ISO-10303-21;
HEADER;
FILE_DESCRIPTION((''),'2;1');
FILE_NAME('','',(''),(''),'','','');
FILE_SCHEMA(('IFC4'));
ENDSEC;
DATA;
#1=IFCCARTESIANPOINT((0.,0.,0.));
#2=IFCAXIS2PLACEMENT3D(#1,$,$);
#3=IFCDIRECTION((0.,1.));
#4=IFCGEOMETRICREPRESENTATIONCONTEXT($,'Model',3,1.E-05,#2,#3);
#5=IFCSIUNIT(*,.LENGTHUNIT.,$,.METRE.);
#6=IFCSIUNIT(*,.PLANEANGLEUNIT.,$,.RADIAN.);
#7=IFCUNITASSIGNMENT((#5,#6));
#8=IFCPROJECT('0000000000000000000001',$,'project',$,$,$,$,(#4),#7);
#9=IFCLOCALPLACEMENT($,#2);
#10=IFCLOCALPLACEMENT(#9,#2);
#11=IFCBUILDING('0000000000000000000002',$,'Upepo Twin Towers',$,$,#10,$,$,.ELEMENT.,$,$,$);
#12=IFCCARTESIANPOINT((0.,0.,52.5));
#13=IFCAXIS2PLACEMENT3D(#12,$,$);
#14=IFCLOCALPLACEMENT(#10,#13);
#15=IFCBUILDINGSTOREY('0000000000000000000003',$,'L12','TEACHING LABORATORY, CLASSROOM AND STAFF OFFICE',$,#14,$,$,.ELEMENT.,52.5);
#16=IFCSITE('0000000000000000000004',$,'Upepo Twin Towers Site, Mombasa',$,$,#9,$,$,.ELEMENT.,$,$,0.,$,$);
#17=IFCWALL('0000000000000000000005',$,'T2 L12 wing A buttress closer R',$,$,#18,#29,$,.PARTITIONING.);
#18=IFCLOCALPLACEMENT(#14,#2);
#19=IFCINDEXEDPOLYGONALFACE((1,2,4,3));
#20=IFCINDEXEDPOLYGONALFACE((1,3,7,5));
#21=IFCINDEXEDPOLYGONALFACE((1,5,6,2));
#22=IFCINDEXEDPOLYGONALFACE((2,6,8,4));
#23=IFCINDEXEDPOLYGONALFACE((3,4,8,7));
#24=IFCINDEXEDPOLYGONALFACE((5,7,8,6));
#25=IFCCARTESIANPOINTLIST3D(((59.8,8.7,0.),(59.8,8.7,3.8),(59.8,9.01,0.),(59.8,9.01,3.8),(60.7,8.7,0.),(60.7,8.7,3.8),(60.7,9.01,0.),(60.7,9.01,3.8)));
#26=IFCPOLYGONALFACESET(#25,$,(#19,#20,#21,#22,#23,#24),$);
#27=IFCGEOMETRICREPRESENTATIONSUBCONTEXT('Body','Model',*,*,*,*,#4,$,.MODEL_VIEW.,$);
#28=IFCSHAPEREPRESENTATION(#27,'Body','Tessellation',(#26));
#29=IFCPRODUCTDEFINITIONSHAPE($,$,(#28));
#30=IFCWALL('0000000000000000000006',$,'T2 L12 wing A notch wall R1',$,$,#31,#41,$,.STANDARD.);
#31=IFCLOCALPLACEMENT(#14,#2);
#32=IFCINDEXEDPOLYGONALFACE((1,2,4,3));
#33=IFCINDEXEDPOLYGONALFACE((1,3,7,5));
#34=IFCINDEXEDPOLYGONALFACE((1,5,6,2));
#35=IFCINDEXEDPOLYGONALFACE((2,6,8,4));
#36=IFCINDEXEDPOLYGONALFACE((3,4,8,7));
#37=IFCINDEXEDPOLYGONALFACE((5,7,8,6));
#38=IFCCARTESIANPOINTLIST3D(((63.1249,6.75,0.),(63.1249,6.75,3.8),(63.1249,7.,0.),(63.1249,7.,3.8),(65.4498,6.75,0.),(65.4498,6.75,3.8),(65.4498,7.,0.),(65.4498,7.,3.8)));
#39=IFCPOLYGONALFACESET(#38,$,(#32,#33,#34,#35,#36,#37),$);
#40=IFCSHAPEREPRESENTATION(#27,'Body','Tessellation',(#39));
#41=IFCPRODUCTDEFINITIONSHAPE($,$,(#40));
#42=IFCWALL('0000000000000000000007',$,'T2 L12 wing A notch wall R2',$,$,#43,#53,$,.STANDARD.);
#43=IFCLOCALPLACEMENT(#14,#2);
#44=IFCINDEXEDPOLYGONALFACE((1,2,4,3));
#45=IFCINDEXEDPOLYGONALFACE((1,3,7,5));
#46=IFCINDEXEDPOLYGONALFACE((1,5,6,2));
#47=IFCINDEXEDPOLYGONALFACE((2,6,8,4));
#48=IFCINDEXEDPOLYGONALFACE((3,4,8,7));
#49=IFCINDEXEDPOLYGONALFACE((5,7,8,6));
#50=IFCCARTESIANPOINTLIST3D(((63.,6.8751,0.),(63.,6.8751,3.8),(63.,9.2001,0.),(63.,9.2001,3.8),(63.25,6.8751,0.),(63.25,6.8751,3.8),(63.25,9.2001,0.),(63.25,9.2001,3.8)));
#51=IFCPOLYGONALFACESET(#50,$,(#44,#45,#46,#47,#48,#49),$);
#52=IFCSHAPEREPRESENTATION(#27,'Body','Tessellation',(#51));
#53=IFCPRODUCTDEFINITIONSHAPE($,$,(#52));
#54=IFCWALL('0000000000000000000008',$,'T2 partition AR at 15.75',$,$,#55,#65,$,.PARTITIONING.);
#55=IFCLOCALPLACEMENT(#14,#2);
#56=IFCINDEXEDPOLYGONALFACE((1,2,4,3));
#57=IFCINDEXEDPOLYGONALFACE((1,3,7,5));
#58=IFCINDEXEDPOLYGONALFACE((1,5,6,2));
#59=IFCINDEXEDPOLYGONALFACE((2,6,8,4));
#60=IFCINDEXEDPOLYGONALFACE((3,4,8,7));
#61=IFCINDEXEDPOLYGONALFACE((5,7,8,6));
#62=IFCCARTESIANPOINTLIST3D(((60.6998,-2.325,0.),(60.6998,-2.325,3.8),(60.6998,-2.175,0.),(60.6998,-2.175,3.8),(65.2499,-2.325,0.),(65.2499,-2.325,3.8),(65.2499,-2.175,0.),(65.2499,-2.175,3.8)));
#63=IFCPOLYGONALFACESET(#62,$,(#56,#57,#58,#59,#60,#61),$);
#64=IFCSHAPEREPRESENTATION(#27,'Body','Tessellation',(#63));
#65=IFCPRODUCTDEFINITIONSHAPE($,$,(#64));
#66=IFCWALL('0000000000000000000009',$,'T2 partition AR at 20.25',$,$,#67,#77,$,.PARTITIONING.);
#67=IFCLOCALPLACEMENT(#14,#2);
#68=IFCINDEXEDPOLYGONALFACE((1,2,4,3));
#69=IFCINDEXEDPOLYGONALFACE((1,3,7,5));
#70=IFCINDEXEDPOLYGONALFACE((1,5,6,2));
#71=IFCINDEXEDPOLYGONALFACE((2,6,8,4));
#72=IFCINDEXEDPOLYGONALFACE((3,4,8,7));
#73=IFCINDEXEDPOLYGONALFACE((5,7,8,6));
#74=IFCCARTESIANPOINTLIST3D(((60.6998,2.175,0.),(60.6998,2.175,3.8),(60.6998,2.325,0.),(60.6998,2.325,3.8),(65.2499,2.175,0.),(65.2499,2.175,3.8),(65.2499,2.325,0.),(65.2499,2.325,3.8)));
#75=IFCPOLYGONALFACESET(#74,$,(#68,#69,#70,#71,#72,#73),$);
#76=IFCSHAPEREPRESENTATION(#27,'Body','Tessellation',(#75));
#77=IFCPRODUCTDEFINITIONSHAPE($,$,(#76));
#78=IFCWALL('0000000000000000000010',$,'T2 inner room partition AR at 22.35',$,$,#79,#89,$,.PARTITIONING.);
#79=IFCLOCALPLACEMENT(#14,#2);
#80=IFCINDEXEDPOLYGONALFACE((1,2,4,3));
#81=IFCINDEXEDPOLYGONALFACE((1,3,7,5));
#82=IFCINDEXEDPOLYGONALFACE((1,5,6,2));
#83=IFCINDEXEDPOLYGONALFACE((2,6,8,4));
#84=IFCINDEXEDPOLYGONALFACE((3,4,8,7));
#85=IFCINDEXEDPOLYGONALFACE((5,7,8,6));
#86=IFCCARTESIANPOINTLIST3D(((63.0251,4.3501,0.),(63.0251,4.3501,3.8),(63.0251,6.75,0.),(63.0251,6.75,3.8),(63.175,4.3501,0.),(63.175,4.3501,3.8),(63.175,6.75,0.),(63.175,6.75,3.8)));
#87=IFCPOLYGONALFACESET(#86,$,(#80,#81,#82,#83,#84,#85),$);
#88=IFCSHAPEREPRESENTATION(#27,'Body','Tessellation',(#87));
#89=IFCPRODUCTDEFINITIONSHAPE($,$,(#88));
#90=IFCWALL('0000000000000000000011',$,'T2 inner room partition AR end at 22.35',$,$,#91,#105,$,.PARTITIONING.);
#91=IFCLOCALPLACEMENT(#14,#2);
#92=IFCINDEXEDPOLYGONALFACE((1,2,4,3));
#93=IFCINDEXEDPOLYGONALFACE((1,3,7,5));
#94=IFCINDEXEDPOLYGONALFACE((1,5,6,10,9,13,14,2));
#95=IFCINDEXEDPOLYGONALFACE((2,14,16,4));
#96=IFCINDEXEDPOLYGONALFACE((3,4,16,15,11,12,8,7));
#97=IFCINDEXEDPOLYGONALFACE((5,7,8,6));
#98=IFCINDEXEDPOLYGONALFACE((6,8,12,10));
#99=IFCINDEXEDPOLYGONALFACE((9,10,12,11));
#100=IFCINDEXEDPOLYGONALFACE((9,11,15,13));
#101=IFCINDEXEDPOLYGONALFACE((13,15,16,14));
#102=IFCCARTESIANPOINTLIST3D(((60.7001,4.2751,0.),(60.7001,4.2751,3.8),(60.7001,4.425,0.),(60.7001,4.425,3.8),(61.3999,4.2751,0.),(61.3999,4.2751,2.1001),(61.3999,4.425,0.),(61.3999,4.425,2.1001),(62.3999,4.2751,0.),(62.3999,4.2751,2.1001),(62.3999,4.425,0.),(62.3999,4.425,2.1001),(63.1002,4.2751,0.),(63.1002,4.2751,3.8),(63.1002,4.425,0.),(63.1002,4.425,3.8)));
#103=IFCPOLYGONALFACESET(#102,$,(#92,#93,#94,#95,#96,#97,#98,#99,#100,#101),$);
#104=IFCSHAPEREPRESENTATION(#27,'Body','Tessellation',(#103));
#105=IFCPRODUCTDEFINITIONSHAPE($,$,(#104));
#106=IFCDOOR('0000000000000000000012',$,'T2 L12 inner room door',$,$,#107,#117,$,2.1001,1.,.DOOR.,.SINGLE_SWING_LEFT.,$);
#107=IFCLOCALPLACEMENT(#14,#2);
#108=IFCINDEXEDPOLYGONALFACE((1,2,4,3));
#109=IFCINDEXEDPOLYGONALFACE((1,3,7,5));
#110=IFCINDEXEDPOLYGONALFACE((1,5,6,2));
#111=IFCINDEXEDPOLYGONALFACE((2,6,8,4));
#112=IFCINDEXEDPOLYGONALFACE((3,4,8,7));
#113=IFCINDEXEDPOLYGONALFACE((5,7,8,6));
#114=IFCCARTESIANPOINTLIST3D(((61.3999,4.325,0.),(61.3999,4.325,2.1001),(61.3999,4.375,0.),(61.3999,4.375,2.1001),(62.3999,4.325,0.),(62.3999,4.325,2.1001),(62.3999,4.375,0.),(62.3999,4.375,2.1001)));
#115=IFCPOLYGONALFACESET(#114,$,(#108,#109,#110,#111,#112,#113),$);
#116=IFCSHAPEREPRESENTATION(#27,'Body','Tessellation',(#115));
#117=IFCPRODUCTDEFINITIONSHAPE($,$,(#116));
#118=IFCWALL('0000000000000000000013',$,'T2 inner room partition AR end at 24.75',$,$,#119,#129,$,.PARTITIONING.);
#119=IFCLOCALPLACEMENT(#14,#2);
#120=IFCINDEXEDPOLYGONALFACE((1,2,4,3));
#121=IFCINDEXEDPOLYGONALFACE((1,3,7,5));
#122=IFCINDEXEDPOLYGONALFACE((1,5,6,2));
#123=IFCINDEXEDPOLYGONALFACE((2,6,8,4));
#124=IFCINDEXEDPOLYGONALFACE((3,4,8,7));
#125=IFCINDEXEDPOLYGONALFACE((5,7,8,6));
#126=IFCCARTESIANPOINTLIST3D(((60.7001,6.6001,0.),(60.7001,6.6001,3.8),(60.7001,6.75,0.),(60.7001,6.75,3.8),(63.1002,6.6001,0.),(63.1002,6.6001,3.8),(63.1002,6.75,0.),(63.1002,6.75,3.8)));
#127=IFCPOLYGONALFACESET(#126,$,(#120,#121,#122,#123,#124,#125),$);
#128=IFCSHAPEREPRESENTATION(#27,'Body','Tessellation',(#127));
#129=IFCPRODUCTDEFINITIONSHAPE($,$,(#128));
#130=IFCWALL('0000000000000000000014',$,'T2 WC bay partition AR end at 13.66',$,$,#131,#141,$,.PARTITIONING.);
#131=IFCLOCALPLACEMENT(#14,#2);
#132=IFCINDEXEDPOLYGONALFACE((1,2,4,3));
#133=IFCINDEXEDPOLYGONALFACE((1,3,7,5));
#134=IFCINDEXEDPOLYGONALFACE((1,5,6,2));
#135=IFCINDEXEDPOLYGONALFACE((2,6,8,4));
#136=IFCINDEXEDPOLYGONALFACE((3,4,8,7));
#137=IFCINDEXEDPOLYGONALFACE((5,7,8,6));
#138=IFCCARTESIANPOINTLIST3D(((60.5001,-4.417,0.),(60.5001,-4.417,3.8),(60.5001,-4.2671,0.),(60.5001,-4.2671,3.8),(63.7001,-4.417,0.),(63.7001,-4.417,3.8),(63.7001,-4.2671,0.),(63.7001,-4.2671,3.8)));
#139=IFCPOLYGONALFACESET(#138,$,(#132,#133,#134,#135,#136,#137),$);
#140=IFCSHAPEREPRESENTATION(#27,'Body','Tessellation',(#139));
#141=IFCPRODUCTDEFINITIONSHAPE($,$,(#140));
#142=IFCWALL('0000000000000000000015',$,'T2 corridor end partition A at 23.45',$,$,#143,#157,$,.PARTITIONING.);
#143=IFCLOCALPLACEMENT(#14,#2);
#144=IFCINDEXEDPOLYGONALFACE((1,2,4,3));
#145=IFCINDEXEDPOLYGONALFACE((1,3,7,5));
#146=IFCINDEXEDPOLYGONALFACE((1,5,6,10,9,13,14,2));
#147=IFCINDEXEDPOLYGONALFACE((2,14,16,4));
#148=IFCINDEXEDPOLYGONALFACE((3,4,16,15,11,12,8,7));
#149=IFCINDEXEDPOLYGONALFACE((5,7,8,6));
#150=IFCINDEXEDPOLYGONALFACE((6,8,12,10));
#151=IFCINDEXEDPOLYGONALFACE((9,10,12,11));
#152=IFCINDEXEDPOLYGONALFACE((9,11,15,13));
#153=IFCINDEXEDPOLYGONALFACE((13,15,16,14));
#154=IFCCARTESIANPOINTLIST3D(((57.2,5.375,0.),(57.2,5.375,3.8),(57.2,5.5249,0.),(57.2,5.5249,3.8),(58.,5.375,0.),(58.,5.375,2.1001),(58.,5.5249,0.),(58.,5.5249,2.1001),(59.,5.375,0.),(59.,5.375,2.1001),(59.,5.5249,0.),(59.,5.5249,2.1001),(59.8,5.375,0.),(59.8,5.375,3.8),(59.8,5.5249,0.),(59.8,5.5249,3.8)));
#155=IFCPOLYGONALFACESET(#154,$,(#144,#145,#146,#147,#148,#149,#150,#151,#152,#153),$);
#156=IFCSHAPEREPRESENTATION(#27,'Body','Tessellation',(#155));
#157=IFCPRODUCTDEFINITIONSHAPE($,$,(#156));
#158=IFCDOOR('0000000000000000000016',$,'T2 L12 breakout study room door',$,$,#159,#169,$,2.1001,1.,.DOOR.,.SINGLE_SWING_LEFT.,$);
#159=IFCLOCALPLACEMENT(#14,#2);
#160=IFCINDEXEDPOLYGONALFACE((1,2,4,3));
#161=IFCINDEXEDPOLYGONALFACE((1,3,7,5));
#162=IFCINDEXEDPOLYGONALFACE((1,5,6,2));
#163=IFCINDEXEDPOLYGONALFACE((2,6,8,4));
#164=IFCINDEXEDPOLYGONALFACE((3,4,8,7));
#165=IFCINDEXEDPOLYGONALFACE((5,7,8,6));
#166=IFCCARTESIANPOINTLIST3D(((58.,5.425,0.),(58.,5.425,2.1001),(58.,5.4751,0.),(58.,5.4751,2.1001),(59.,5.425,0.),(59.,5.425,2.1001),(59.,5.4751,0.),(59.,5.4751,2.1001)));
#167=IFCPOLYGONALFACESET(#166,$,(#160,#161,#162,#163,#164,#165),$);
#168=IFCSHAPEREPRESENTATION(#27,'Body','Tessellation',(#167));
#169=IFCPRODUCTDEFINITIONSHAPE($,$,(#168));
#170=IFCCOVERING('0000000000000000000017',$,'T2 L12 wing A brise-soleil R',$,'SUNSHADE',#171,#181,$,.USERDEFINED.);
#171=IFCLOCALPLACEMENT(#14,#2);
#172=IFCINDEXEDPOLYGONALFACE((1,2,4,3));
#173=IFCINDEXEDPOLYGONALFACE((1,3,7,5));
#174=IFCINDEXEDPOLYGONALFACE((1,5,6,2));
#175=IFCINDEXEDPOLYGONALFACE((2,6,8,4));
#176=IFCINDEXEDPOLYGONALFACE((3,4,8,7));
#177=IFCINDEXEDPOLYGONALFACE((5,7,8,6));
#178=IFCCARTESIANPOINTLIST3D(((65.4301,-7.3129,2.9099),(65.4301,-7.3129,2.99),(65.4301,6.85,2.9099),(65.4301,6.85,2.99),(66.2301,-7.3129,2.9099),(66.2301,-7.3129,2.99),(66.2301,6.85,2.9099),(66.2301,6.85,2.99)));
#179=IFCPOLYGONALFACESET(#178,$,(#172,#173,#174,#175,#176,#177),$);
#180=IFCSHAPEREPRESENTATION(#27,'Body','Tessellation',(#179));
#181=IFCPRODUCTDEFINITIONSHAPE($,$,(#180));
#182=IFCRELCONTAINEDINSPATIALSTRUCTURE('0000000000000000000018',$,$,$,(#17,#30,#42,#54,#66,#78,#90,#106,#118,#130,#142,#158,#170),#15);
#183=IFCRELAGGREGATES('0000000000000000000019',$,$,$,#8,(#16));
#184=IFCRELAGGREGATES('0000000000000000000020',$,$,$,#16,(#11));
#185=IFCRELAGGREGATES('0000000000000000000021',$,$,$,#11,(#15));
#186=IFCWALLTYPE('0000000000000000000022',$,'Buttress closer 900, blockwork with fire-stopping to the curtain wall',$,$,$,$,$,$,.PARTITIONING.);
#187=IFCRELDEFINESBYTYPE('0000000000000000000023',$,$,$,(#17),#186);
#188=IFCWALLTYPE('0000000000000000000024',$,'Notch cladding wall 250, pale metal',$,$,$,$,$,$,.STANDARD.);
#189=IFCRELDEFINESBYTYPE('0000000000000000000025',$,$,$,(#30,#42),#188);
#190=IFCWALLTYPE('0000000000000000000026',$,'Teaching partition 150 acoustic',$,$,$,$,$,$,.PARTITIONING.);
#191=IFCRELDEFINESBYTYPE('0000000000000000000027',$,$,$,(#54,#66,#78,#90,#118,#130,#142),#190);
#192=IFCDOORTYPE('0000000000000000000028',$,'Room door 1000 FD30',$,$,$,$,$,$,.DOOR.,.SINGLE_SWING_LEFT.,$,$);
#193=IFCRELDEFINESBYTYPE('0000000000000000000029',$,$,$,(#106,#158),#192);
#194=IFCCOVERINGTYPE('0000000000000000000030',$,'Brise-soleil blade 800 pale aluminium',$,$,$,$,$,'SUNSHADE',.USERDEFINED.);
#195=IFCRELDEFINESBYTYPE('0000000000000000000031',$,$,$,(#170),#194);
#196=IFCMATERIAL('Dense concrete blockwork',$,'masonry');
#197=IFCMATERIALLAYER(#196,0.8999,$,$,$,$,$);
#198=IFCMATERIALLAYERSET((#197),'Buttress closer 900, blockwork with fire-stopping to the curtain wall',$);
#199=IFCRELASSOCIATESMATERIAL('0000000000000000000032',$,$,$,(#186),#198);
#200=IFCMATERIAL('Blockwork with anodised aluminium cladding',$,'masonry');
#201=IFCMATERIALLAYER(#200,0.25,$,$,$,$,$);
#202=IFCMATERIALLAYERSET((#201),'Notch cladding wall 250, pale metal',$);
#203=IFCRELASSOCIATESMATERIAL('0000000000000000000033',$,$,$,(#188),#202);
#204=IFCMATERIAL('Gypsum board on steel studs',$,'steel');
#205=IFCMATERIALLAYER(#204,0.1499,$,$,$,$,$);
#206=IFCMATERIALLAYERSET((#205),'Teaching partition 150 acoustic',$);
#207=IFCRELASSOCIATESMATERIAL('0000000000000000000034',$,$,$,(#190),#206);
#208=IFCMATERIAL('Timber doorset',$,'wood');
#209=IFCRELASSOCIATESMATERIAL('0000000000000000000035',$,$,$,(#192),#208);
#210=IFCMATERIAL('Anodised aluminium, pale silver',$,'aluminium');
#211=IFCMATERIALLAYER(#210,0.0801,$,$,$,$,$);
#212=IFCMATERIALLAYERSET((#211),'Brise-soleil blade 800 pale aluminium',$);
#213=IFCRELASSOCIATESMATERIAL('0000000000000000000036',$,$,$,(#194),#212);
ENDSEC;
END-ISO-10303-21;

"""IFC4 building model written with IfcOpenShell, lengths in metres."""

from ifc_helpers import new_model, si_unit, direction, frame, frame_2d, origin, origin_2d, place, context, subcontext, project, spatial, rectangle, extrude, material, layer, layer_set, type_object, element, fill, save


model = new_model("IFC4")

# Units and contexts
model_context = context("Model", 3, precision=1e-05, world=origin(), true_north=direction((0.0, 1.0)))
body_context = subcontext(model_context, "Body", "Model", "MODEL_VIEW")
ifc_project = project(units=[si_unit("LENGTHUNIT", "METRE"), si_unit("PLANEANGLEUNIT", "RADIAN")], contexts=[model_context])

# Site, building, storey
site_placement = place(None, origin())
site = spatial("IfcSite", under=ifc_project, at=site_placement, Name="Upepo Twin Towers Site, Mombasa", CompositionType="ELEMENT", RefElevation=0.0)
building_placement = place(site_placement, origin())
building = spatial("IfcBuilding", under=site, at=building_placement, Name="Upepo Twin Towers", CompositionType="ELEMENT")
storey_placement = place(building_placement, frame((0.0, 0.0, 52.5)))
storey = spatial("IfcBuildingStorey", under=building, at=storey_placement, Name="L12", Description="TEACHING LABORATORY, CLASSROOM AND STAFF OFFICE", CompositionType="ELEMENT", Elevation=52.5)

# Walls
ifc_material_1 = material(Name="Dense concrete blockwork", Category="masonry")
ifc_layer_1 = layer(ifc_material_1, 0.8999)
ifc_layer_set_1 = layer_set([ifc_layer_1], Name="Buttress closer 900, blockwork with fire-stopping to the curtain wall")
wall_type_1 = type_object("IfcWallType", Name="Buttress closer 900, blockwork with fire-stopping to the curtain wall", PredefinedType="PARTITIONING", material=ifc_layer_set_1)
wall_1_placement = place(storey_placement, frame((60.25, 8.7, 0.0), z_axis=(0.0, 0.0, 1.0), x_axis=(0.0, 1.0, 0.0)))
element("IfcWall", 1, at=wall_1_placement, inside=storey, type_object=wall_type_1, Name="T2 L12 wing A buttress closer R", PredefinedType="PARTITIONING", context=body_context, shape_type="SweptSolid", body=[
    extrude(rectangle(XDim=0.3101, YDim=0.8999, at=frame_2d((0.155, 0.0))), origin(), (0.0, 0.0, 1.0), 3.8),
])
ifc_material_2 = material(Name="Blockwork with anodised aluminium cladding", Category="masonry")
ifc_layer_2 = layer(ifc_material_2, 0.25)
ifc_layer_set_2 = layer_set([ifc_layer_2], Name="Notch cladding wall 250, pale metal")
wall_type_2 = type_object("IfcWallType", Name="Notch cladding wall 250, pale metal", PredefinedType="STANDARD", material=ifc_layer_set_2)
for number, where, z_axis, x_axis, name in (
    (2, (65.45, 6.875, 0.0), (0.0, 0.0, 1.0), (-1.0, 0.0, 0.0), "T2 L12 wing A notch wall R1"),
    (3, (63.125, 6.875, 0.0), (0.0, 0.0, 1.0), (0.0, 1.0, 0.0), "T2 L12 wing A notch wall R2"),
):
    element("IfcWall", number, at=place(storey_placement, frame(where, z_axis=z_axis, x_axis=x_axis)), inside=storey, type_object=wall_type_2, Name=name, PredefinedType="STANDARD", context=body_context, shape_type="SweptSolid", body=[
        extrude(rectangle(XDim=2.325, YDim=0.25, at=frame_2d((1.1626, 0.0))), origin(), (0.0, 0.0, 1.0), 3.8),
    ])
ifc_material_3 = material(Name="Gypsum board on steel studs", Category="steel")
ifc_layer_3 = layer(ifc_material_3, 0.1499)
ifc_layer_set_3 = layer_set([ifc_layer_3], Name="Teaching partition 150 acoustic")
wall_type_3 = type_object("IfcWallType", Name="Teaching partition 150 acoustic", PredefinedType="PARTITIONING", material=ifc_layer_set_3)
for number, where, z_axis, x_axis, name in (
    (4, (60.7, -2.25, 0.0), (0.0, 0.0, 1.0), (1.0, 0.0, 0.0), "T2 partition AR at 15.75"),
    (5, (60.7, 2.25, 0.0), (0.0, 0.0, 1.0), (1.0, 0.0, 0.0), "T2 partition AR at 20.25"),
):
    element("IfcWall", number, at=place(storey_placement, frame(where, z_axis=z_axis, x_axis=x_axis)), inside=storey, type_object=wall_type_3, Name=name, PredefinedType="PARTITIONING", context=body_context, shape_type="SweptSolid", body=[
        extrude(rectangle(XDim=4.55, YDim=0.1499, at=frame_2d((2.2749, 0.0))), origin(), (0.0, 0.0, 1.0), 3.8),
    ])
wall_2_placement = place(storey_placement, frame((63.1001, 4.3501, 0.0), z_axis=(0.0, 0.0, 1.0), x_axis=(0.0, 1.0, 0.0)))
element("IfcWall", 6, at=wall_2_placement, inside=storey, type_object=wall_type_3, Name="T2 inner room partition AR at 22.35", PredefinedType="PARTITIONING", context=body_context, shape_type="SweptSolid", body=[
    extrude(rectangle(XDim=2.3999, YDim=0.1499, at=frame_2d((1.2, 0.0))), origin(), (0.0, 0.0, 1.0), 3.8),
])

# Wall, opening, door
wall_3_placement = place(storey_placement, frame((60.7, 4.3501, 0.0), z_axis=(0.0, 0.0, 1.0), x_axis=(1.0, 0.0, 0.0)))
wall_3 = element("IfcWall", 7, at=wall_3_placement, inside=storey, type_object=wall_type_3, Name="T2 inner room partition AR end at 22.35", PredefinedType="PARTITIONING", context=body_context, shape_type="SweptSolid", body=[
    extrude(rectangle(XDim=2.4001, YDim=0.1499, at=frame_2d((1.2002, 0.0))), origin(), (0.0, 0.0, 1.0), 3.8),
])
opening_1_placement = place(wall_3_placement, frame((0.7, 0.0, 0.0)))
opening_1 = element("IfcOpeningElement", 8, at=opening_1_placement, cuts=wall_3, PredefinedType="OPENING", context=body_context, shape_type="SweptSolid", body=[
    extrude(rectangle(XDim=1.0, YDim=2.1001, at=frame_2d((0.5, 1.05))), frame((0.0, 0.085, 0.0), z_axis=(0.0, -1.0, 0.0), x_axis=(1.0, 0.0, 0.0)), (0.0, 0.0, 1.0), 0.1699),
])
ifc_material_4 = material(Name="Timber doorset", Category="wood")
door_type = type_object("IfcDoorType", Name="Room door 1000 FD30", OperationType="SINGLE_SWING_LEFT", PredefinedType="DOOR", material=ifc_material_4)
door_1_placement = place(opening_1_placement, origin())
door_1 = element("IfcDoor", 9, at=door_1_placement, inside=storey, type_object=door_type, Name="T2 L12 inner room door", OperationType="SINGLE_SWING_LEFT", OverallHeight=2.1001, OverallWidth=1.0, PredefinedType="DOOR", context=body_context, shape_type="SweptSolid", body=[
    extrude(rectangle(XDim=1.0, YDim=2.1001, at=frame_2d((0.5, 1.05))), frame((0.0, 0.0249, 0.0), z_axis=(0.0, -1.0, 0.0), x_axis=(1.0, 0.0, 0.0)), (0.0, 0.0, 1.0), 0.05),
])
fill(opening_1, door_1)

# Walls
wall_4_placement = place(storey_placement, frame((60.7, 6.675, 0.0), z_axis=(0.0, 0.0, 1.0), x_axis=(1.0, 0.0, 0.0)))
element("IfcWall", 10, at=wall_4_placement, inside=storey, type_object=wall_type_3, Name="T2 inner room partition AR end at 24.75", PredefinedType="PARTITIONING", context=body_context, shape_type="SweptSolid", body=[
    extrude(rectangle(XDim=2.4001, YDim=0.1499, at=frame_2d((1.2002, 0.0))), origin(), (0.0, 0.0, 1.0), 3.8),
])
wall_5_placement = place(storey_placement, frame((60.5, -4.342, 0.0), z_axis=(0.0, 0.0, 1.0), x_axis=(1.0, 0.0, 0.0)))
element("IfcWall", 11, at=wall_5_placement, inside=storey, type_object=wall_type_3, Name="T2 WC bay partition AR end at 13.66", PredefinedType="PARTITIONING", context=body_context, shape_type="SweptSolid", body=[
    extrude(rectangle(XDim=3.2, YDim=0.1499, at=frame_2d((1.6001, 0.0))), origin(), (0.0, 0.0, 1.0), 3.8),
])

# Wall, opening, door
wall_6_placement = place(storey_placement, frame((59.8, 5.45, 0.0), z_axis=(0.0, 0.0, 1.0), x_axis=(-1.0, 0.0, 0.0)))
wall_6 = element("IfcWall", 12, at=wall_6_placement, inside=storey, type_object=wall_type_3, Name="T2 corridor end partition A at 23.45", PredefinedType="PARTITIONING", context=body_context, shape_type="SweptSolid", body=[
    extrude(rectangle(XDim=2.6001, YDim=0.1499, at=frame_2d((1.3, 0.0))), origin(), (0.0, 0.0, 1.0), 3.8),
])
opening_2_placement = place(wall_6_placement, frame((0.8, 0.0, 0.0)))
opening_2 = element("IfcOpeningElement", 13, at=opening_2_placement, cuts=wall_6, PredefinedType="OPENING", context=body_context, shape_type="SweptSolid", body=[
    extrude(rectangle(XDim=1.0, YDim=2.1001, at=frame_2d((0.5, 1.05))), frame((0.0, 0.085, 0.0), z_axis=(0.0, -1.0, 0.0), x_axis=(1.0, 0.0, 0.0)), (0.0, 0.0, 1.0), 0.1699),
])
door_2_placement = place(opening_2_placement, origin())
door_2 = element("IfcDoor", 14, at=door_2_placement, inside=storey, type_object=door_type, Name="T2 L12 breakout study room door", OperationType="SINGLE_SWING_LEFT", OverallHeight=2.1001, OverallWidth=1.0, PredefinedType="DOOR", context=body_context, shape_type="SweptSolid", body=[
    extrude(rectangle(XDim=1.0, YDim=2.1001, at=frame_2d((0.5, 1.05))), frame((0.0, 0.0249, 0.0), z_axis=(0.0, -1.0, 0.0), x_axis=(1.0, 0.0, 0.0)), (0.0, 0.0, 1.0), 0.05),
])
fill(opening_2, door_2)

# Covering
ifc_material_5 = material(Name="Anodised aluminium, pale silver", Category="aluminium")
ifc_layer_4 = layer(ifc_material_5, 0.0801)
ifc_layer_set_4 = layer_set([ifc_layer_4], Name="Brise-soleil blade 800 pale aluminium")
covering_type = type_object("IfcCoveringType", Name="Brise-soleil blade 800 pale aluminium", ElementType="SUNSHADE", PredefinedType="USERDEFINED", material=ifc_layer_set_4)
covering_placement = place(storey_placement, frame((65.8301, -0.2314, 2.9099), z_axis=(0.0, 0.0, 1.0), x_axis=(0.0, 1.0, 0.0)))
element("IfcCovering", 15, at=covering_placement, inside=storey, type_object=covering_type, Name="T2 L12 wing A brise-soleil R", ObjectType="SUNSHADE", PredefinedType="USERDEFINED", context=body_context, shape_type="SweptSolid", body=[
    extrude(rectangle(XDim=14.1628, YDim=0.8, at=origin_2d()), origin(), (0.0, 0.0, 1.0), 0.0801),
])

save(model, "model.ifc")
